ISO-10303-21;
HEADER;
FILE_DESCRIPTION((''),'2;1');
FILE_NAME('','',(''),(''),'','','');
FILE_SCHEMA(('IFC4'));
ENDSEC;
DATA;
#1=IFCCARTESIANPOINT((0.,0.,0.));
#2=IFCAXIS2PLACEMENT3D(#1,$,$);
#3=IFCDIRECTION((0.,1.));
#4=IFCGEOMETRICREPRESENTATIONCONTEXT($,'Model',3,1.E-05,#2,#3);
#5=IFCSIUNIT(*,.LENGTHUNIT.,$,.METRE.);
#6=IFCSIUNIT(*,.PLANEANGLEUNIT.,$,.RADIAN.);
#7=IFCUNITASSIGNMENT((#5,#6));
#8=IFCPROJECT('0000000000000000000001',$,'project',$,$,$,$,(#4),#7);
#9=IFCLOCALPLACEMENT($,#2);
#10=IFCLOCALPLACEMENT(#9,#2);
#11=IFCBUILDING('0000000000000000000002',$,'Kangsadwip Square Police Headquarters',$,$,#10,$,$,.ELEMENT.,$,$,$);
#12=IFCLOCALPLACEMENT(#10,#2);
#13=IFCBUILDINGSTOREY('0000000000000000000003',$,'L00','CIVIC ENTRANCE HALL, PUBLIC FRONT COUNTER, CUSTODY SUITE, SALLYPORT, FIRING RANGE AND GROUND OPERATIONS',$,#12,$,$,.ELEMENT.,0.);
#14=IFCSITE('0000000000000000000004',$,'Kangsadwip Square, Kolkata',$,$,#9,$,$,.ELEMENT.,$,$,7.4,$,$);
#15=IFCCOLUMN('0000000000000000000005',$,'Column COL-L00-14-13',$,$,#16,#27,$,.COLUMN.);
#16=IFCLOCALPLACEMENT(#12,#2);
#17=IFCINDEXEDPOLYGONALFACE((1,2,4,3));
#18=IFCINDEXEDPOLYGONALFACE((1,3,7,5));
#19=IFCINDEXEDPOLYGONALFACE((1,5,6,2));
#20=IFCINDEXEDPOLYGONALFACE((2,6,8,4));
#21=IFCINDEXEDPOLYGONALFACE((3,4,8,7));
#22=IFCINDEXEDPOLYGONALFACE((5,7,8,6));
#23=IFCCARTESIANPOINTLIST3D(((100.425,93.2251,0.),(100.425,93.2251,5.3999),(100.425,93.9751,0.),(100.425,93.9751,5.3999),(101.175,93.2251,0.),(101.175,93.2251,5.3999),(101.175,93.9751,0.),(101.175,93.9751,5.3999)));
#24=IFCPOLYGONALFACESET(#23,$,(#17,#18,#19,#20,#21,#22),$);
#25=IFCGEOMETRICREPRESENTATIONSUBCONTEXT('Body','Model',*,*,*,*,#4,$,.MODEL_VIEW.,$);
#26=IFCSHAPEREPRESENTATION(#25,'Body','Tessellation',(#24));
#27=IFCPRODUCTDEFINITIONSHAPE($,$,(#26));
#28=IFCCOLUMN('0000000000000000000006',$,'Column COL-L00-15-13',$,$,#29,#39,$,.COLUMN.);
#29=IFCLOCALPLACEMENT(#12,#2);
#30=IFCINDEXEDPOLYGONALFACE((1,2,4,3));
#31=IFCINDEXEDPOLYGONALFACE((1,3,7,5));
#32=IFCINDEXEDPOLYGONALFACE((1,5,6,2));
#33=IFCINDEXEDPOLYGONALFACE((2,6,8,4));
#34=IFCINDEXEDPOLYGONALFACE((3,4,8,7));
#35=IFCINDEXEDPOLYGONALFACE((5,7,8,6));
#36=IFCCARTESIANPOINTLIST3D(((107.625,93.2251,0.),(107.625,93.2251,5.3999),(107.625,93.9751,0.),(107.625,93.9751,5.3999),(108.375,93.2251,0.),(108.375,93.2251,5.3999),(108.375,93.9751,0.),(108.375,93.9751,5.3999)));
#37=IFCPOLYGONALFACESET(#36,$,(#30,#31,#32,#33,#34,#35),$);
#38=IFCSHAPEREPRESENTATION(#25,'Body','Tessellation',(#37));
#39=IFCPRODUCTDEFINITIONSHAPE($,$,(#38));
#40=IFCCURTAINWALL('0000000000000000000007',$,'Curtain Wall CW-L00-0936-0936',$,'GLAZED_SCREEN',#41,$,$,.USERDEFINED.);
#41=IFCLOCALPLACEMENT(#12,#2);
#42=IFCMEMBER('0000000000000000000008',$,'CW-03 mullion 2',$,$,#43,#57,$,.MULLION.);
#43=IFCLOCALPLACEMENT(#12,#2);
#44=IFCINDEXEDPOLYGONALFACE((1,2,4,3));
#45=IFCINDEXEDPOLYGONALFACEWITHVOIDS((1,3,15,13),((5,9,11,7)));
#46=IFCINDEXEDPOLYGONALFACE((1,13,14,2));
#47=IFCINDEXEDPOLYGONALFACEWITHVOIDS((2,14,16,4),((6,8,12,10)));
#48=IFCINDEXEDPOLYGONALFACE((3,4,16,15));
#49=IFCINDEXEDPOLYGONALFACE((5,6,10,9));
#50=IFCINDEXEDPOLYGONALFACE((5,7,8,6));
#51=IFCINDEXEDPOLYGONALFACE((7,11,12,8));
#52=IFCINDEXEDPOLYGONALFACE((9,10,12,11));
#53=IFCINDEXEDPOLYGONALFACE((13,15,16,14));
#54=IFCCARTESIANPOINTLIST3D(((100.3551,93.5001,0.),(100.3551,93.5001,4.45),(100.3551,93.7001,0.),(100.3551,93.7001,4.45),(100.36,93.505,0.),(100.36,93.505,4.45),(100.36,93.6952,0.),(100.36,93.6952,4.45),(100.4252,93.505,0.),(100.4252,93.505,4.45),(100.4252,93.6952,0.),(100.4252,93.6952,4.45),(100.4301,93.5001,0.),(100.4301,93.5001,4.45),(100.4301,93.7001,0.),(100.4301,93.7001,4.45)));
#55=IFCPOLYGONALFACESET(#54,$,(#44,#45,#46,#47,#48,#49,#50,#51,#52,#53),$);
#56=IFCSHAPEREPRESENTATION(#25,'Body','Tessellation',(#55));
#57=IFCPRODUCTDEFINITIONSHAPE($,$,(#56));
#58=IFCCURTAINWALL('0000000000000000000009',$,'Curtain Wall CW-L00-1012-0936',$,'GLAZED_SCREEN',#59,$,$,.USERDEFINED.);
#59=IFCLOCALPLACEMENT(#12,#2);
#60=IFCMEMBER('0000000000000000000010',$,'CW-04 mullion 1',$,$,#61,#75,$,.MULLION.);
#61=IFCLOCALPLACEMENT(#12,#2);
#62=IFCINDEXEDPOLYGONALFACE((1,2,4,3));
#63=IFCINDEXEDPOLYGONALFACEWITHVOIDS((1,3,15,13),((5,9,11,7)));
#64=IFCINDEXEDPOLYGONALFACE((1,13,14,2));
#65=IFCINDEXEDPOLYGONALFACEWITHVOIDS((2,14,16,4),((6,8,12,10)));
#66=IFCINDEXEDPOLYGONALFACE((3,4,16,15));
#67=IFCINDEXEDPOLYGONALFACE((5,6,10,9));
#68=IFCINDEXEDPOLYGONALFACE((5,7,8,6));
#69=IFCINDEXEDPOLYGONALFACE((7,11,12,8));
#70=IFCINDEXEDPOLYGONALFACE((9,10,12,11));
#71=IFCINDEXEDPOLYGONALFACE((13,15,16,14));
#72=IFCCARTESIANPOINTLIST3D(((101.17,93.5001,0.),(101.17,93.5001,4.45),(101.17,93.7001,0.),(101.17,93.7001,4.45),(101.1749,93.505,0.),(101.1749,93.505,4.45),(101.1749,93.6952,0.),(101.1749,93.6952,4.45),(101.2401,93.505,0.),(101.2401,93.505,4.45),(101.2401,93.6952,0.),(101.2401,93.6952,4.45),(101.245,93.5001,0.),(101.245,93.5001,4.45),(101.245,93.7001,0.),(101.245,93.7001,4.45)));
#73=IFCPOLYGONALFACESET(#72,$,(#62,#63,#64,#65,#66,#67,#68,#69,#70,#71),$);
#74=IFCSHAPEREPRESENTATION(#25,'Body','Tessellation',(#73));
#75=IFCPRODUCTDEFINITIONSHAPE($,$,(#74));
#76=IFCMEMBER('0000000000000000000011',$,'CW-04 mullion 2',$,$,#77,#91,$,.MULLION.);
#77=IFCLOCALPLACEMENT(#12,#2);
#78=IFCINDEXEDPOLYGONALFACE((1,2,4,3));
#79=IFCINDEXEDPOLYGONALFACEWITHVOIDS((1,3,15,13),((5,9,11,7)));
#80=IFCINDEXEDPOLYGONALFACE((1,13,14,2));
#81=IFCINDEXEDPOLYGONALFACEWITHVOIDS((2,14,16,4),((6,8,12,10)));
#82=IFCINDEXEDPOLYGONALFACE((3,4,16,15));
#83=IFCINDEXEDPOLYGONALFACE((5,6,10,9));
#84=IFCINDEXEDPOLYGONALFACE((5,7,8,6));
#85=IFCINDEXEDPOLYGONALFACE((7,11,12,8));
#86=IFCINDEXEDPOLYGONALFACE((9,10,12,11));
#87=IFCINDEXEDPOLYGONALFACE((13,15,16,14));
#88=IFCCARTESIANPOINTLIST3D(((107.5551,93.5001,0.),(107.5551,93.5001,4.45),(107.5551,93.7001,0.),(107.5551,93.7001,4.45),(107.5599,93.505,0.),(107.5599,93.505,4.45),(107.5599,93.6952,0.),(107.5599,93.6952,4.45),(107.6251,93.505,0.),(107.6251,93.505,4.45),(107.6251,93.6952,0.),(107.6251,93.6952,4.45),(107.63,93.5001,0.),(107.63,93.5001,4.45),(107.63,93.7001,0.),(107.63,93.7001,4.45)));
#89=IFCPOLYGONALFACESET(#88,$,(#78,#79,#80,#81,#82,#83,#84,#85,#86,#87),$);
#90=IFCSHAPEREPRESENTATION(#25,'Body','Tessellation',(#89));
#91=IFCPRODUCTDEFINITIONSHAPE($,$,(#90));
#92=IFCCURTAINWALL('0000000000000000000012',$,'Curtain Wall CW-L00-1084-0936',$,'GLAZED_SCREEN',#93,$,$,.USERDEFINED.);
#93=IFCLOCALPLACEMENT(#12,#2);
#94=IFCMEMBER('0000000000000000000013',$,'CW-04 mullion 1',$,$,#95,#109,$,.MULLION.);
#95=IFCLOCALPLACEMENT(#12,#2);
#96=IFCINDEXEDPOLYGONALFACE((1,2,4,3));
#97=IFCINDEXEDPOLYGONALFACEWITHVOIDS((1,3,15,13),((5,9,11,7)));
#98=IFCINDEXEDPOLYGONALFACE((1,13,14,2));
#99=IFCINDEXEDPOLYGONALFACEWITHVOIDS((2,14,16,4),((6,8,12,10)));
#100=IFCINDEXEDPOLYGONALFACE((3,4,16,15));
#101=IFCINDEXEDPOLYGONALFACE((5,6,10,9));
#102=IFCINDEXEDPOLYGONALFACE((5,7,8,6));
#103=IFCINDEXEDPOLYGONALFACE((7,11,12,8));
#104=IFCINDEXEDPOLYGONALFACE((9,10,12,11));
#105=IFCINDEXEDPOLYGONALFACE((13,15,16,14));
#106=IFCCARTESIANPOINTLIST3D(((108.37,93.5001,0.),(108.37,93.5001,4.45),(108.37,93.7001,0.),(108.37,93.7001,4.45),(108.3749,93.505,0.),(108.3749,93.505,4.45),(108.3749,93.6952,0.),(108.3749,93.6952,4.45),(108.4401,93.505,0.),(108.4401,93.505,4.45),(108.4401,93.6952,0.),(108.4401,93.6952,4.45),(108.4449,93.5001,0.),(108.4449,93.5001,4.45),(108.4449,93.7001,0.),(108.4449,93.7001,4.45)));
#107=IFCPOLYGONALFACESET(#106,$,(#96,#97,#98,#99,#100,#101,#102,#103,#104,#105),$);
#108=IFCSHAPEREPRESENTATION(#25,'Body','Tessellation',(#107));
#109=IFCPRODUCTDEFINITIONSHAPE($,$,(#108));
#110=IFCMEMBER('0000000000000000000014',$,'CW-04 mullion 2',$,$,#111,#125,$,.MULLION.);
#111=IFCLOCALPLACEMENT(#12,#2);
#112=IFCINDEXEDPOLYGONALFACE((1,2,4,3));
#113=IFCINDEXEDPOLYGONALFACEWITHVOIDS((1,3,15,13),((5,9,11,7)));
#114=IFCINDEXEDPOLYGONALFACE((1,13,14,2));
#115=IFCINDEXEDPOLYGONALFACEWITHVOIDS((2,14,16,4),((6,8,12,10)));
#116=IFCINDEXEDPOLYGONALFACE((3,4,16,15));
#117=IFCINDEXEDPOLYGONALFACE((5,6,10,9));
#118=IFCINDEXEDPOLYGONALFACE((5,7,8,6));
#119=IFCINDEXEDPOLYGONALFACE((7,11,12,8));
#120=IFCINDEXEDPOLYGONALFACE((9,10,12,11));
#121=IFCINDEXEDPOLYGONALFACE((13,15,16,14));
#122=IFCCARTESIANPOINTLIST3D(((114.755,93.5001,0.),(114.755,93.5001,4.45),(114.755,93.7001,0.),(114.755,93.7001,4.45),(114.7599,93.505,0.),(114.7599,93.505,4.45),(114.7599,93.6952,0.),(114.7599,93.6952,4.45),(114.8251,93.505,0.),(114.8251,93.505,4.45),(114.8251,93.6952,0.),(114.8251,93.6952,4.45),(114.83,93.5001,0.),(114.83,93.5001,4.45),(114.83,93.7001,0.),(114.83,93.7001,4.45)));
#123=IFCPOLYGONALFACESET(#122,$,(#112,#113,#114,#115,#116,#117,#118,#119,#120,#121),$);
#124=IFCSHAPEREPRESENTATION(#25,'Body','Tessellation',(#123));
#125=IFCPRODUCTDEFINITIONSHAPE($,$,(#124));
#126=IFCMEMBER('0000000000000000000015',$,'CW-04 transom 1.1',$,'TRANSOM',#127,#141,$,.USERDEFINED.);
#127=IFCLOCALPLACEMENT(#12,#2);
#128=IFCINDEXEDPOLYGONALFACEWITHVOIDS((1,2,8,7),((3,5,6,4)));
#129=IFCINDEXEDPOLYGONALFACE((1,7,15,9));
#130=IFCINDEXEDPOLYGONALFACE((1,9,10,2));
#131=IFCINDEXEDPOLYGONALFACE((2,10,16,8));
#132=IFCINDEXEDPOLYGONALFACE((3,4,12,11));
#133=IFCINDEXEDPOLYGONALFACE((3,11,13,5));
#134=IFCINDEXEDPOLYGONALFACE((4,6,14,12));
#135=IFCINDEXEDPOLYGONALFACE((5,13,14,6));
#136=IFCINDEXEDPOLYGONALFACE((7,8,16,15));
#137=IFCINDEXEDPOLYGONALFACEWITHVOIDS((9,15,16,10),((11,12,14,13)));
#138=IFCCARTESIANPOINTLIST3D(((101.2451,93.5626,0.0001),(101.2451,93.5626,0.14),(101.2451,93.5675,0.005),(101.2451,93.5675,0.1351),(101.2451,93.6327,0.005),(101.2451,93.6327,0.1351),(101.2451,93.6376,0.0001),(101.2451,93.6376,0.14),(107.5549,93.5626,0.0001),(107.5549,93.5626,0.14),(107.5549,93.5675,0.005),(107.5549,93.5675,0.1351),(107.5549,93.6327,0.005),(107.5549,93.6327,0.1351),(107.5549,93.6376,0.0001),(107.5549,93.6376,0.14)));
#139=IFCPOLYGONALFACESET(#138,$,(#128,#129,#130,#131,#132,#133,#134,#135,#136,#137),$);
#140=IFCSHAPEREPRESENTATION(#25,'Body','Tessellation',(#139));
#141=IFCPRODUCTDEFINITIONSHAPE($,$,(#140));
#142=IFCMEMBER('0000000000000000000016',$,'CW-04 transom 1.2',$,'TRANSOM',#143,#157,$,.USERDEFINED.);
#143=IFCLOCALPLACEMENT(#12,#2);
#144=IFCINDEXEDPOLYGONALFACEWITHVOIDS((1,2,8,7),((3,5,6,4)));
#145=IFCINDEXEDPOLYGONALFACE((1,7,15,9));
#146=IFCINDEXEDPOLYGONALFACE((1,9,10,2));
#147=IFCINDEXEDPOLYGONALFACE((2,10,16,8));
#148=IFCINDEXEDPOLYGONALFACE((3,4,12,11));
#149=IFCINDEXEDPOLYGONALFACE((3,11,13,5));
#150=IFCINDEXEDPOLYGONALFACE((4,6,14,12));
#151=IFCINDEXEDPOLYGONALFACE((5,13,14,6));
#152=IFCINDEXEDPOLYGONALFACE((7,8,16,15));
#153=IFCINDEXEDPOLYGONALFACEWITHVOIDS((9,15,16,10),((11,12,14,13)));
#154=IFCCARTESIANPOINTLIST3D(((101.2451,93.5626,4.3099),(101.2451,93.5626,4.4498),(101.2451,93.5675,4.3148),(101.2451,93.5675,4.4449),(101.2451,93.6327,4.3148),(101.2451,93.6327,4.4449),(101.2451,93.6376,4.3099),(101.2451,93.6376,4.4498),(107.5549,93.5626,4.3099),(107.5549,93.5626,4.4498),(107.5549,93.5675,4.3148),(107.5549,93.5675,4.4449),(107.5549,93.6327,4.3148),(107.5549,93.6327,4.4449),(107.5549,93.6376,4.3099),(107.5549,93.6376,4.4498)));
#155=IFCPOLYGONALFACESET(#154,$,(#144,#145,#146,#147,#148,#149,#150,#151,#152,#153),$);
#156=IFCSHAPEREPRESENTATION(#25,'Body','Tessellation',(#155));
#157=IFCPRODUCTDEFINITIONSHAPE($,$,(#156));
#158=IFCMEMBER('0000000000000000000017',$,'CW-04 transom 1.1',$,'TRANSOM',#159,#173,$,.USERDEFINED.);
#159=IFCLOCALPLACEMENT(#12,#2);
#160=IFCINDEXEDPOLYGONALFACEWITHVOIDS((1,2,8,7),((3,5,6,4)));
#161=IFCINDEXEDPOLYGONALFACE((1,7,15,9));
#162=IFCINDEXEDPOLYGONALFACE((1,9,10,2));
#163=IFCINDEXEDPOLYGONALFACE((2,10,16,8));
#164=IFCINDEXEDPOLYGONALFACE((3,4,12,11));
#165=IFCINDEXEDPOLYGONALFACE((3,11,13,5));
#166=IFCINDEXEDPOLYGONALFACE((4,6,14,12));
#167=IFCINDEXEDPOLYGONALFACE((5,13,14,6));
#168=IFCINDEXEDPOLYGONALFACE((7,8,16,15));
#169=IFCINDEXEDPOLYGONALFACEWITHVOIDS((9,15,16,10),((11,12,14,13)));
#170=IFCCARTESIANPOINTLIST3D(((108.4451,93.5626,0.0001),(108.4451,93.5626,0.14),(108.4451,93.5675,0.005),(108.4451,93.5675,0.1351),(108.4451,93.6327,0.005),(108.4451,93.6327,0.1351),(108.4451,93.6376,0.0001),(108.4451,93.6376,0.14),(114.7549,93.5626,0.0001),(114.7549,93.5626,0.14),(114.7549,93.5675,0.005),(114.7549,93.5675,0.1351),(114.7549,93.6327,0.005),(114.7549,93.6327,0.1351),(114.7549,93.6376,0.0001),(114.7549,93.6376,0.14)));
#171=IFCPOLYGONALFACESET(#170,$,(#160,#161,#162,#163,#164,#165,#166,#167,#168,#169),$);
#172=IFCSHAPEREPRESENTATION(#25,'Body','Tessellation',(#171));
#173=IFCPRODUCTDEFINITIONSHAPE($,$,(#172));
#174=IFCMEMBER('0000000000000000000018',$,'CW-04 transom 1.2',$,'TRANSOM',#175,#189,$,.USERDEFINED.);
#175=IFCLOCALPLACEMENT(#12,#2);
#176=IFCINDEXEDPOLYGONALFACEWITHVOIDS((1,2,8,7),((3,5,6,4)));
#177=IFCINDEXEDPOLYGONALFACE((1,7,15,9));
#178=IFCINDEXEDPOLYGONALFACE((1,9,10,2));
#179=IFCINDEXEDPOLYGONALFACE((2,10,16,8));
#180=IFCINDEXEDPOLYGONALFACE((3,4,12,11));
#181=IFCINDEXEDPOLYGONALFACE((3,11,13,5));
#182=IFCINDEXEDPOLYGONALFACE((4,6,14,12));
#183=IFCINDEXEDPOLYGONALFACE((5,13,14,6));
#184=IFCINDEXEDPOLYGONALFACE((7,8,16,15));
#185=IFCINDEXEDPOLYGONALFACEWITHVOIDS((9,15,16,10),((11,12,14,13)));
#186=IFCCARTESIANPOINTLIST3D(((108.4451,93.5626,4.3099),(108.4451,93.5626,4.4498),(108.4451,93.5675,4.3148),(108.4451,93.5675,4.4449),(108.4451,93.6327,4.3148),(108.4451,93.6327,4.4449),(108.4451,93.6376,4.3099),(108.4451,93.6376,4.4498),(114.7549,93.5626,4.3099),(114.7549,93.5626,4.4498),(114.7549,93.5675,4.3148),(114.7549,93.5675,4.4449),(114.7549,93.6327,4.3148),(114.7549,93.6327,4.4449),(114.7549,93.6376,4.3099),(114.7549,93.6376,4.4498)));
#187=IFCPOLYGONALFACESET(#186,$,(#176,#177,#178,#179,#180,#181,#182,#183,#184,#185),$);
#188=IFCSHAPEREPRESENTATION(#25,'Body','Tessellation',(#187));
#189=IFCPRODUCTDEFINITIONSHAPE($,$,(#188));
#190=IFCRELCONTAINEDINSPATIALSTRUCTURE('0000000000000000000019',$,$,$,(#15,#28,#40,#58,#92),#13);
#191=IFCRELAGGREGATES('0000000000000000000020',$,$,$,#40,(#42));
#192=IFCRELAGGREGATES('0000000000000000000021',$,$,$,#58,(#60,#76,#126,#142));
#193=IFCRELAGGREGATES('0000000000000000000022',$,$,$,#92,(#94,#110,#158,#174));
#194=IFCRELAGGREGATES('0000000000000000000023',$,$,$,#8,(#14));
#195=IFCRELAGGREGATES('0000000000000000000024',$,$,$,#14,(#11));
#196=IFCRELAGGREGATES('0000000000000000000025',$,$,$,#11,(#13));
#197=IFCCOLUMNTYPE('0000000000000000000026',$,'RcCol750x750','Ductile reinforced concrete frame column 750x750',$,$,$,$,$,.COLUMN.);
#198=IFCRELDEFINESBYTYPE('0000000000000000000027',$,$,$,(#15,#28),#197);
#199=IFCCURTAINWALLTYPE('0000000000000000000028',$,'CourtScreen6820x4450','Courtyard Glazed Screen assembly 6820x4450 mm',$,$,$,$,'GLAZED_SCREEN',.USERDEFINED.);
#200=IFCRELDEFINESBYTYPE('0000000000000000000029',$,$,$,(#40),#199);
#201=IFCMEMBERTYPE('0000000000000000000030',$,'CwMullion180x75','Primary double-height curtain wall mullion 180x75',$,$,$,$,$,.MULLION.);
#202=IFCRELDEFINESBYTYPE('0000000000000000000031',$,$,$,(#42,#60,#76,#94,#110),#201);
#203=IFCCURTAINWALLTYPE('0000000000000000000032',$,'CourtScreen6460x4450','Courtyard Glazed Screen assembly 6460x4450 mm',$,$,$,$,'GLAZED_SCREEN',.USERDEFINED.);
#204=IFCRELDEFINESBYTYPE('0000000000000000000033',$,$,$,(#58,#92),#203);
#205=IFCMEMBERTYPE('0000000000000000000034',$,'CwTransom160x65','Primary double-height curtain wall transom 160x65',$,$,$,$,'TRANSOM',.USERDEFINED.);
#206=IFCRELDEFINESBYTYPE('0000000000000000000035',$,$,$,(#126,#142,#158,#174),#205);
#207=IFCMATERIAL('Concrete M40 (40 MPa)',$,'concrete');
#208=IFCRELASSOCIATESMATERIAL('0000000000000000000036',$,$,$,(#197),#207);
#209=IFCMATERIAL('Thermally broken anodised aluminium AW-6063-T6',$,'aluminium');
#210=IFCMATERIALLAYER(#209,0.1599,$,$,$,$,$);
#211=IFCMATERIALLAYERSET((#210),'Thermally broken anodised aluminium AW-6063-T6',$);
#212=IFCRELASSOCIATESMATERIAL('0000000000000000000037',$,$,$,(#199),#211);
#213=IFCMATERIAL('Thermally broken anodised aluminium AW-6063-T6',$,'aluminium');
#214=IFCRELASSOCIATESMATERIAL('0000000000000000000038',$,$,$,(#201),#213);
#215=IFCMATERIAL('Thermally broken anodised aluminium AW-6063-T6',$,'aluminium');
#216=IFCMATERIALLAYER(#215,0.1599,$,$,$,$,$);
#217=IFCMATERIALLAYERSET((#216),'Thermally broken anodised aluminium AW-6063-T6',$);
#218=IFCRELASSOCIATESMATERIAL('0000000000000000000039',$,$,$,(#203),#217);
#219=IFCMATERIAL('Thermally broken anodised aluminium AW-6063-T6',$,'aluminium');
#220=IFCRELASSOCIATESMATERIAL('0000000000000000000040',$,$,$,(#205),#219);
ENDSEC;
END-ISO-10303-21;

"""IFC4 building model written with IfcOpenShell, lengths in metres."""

from ifc_helpers import new_model, si_unit, direction, frame, origin, origin_2d, place, context, subcontext, project, spatial, rectangle, hollow_rectangle, extrude, material, layer, layer_set, material_profile, profile_set, type_object, element, aggregate, save


model = new_model("IFC4")

# Units and contexts
model_context = context("Model", 3, precision=1e-05, world=origin(), true_north=direction((0.0, 1.0)))
body_context = subcontext(model_context, "Body", "Model", "MODEL_VIEW")
ifc_project = project(units=[si_unit("LENGTHUNIT", "METRE"), si_unit("PLANEANGLEUNIT", "RADIAN")], contexts=[model_context])

# Site, building, storey
site_placement = place(None, origin())
site = spatial("IfcSite", under=ifc_project, at=site_placement, Name="Kangsadwip Square, Kolkata", CompositionType="ELEMENT", RefElevation=7.4)
building_placement = place(site_placement, origin())
building = spatial("IfcBuilding", under=site, at=building_placement, Name="Kangsadwip Square Police Headquarters", CompositionType="ELEMENT")
storey_placement = place(building_placement, origin())
storey = spatial("IfcBuildingStorey", under=building, at=storey_placement, Name="L00", Description="CIVIC ENTRANCE HALL, PUBLIC FRONT COUNTER, CUSTODY SUITE, SALLYPORT, FIRING RANGE AND GROUND OPERATIONS", CompositionType="ELEMENT", Elevation=0.0)

# Columns
ifc_material_1 = material(Name="Concrete M40 (40 MPa)", Category="concrete")
ifc_material_profile_1 = material_profile(ifc_material_1, rectangle(XDim=0.75, YDim=0.75, at=origin_2d()), Name="RC COL 750X750")
ifc_profile_set_1 = profile_set([ifc_material_profile_1], Name="Concrete M40 (40 MPa)")
column_type = type_object("IfcColumnType", Name="RcCol750x750", Description="Ductile reinforced concrete frame column 750x750", PredefinedType="COLUMN", material=ifc_profile_set_1)
for number, where, z_axis, x_axis, name in (
    (1, (100.8, 93.6001, 0.0), (0.0, 0.0, 1.0), (1.0, 0.0, 0.0), "Column COL-L00-14-13"),
    (2, (108.0, 93.6001, 0.0), (0.0, 0.0, 1.0), (1.0, 0.0, 0.0), "Column COL-L00-15-13"),
):
    element("IfcColumn", number, at=place(storey_placement, frame(where, z_axis=z_axis, x_axis=x_axis)), inside=storey, type_object=column_type, Name=name, PredefinedType="COLUMN", context=body_context, shape_type="SweptSolid", body=[
        extrude(rectangle(XDim=0.75, YDim=0.75, at=origin_2d()), origin(), (0.0, 0.0, 1.0), 5.3999),
    ])

# Curtain wall, member
ifc_material_2 = material(Name="Thermally broken anodised aluminium AW-6063-T6", Category="aluminium")
ifc_layer_1 = layer(ifc_material_2, 0.1599)
ifc_layer_set_1 = layer_set([ifc_layer_1], Name="Thermally broken anodised aluminium AW-6063-T6")
curtain_wall_type_1 = type_object("IfcCurtainWallType", Name="CourtScreen6820x4450", Description="Courtyard Glazed Screen assembly 6820x4450 mm", ElementType="GLAZED_SCREEN", PredefinedType="USERDEFINED", material=ifc_layer_set_1)
curtain_wall_1_placement = place(storey_placement, origin())
curtain_wall_1 = element("IfcCurtainWall", 3, at=curtain_wall_1_placement, inside=storey, type_object=curtain_wall_type_1, Name="Curtain Wall CW-L00-0936-0936", ObjectType="GLAZED_SCREEN", PredefinedType="USERDEFINED")
ifc_material_3 = material(Name="Thermally broken anodised aluminium AW-6063-T6", Category="aluminium")
ifc_material_profile_2 = material_profile(ifc_material_3, hollow_rectangle(XDim=0.075, YDim=0.2, WallThickness=0.0049, at=origin_2d()), Name="CWM 200X75X5")
ifc_profile_set_2 = profile_set([ifc_material_profile_2], Name="Thermally broken anodised aluminium AW-6063-T6")
member_type_1 = type_object("IfcMemberType", Name="CwMullion180x75", Description="Primary double-height curtain wall mullion 180x75", PredefinedType="MULLION", material=ifc_profile_set_2)
member_1_placement = place(storey_placement, frame((100.3926, 93.6001, 0.0), z_axis=(0.0, 0.0, 1.0), x_axis=(1.0, 0.0, 0.0)))
member_1 = element("IfcMember", 4, at=member_1_placement, type_object=member_type_1, Name="CW-03 mullion 2", PredefinedType="MULLION", context=body_context, shape_type="SweptSolid", body=[
    extrude(hollow_rectangle(XDim=0.075, YDim=0.2, WallThickness=0.0049, at=origin_2d()), origin(), (0.0, 0.0, 1.0), 4.45),
])

# Curtain walls, members
ifc_material_4 = material(Name="Thermally broken anodised aluminium AW-6063-T6", Category="aluminium")
ifc_layer_2 = layer(ifc_material_4, 0.1599)
ifc_layer_set_2 = layer_set([ifc_layer_2], Name="Thermally broken anodised aluminium AW-6063-T6")
curtain_wall_type_2 = type_object("IfcCurtainWallType", Name="CourtScreen6460x4450", Description="Courtyard Glazed Screen assembly 6460x4450 mm", ElementType="GLAZED_SCREEN", PredefinedType="USERDEFINED", material=ifc_layer_set_2)
curtain_wall_2_placement = place(storey_placement, origin())
curtain_wall_2 = element("IfcCurtainWall", 5, at=curtain_wall_2_placement, inside=storey, type_object=curtain_wall_type_2, Name="Curtain Wall CW-L00-1012-0936", ObjectType="GLAZED_SCREEN", PredefinedType="USERDEFINED")
member_2_placement = place(storey_placement, frame((101.2075, 93.6001, 0.0), z_axis=(0.0, 0.0, 1.0), x_axis=(1.0, 0.0, 0.0)))
member_2 = element("IfcMember", 6, at=member_2_placement, type_object=member_type_1, Name="CW-04 mullion 1", PredefinedType="MULLION", context=body_context, shape_type="SweptSolid", body=[
    extrude(hollow_rectangle(XDim=0.075, YDim=0.2, WallThickness=0.0049, at=origin_2d()), origin(), (0.0, 0.0, 1.0), 4.45),
])
member_3_placement = place(storey_placement, frame((107.5925, 93.6001, 0.0), z_axis=(0.0, 0.0, 1.0), x_axis=(1.0, 0.0, 0.0)))
member_3 = element("IfcMember", 7, at=member_3_placement, type_object=member_type_1, Name="CW-04 mullion 2", PredefinedType="MULLION", context=body_context, shape_type="SweptSolid", body=[
    extrude(hollow_rectangle(XDim=0.075, YDim=0.2, WallThickness=0.0049, at=origin_2d()), origin(), (0.0, 0.0, 1.0), 4.45),
])
curtain_wall_3_placement = place(storey_placement, origin())
curtain_wall_3 = element("IfcCurtainWall", 8, at=curtain_wall_3_placement, inside=storey, type_object=curtain_wall_type_2, Name="Curtain Wall CW-L00-1084-0936", ObjectType="GLAZED_SCREEN", PredefinedType="USERDEFINED")
member_4_placement = place(storey_placement, frame((108.4075, 93.6001, 0.0), z_axis=(0.0, 0.0, 1.0), x_axis=(1.0, 0.0, 0.0)))
member_4 = element("IfcMember", 9, at=member_4_placement, type_object=member_type_1, Name="CW-04 mullion 1", PredefinedType="MULLION", context=body_context, shape_type="SweptSolid", body=[
    extrude(hollow_rectangle(XDim=0.075, YDim=0.2, WallThickness=0.0049, at=origin_2d()), origin(), (0.0, 0.0, 1.0), 4.45),
])
member_5_placement = place(storey_placement, frame((114.7925, 93.6001, 0.0), z_axis=(0.0, 0.0, 1.0), x_axis=(1.0, 0.0, 0.0)))
member_5 = element("IfcMember", 10, at=member_5_placement, type_object=member_type_1, Name="CW-04 mullion 2", PredefinedType="MULLION", context=body_context, shape_type="SweptSolid", body=[
    extrude(hollow_rectangle(XDim=0.075, YDim=0.2, WallThickness=0.0049, at=origin_2d()), origin(), (0.0, 0.0, 1.0), 4.45),
])

# Members
ifc_material_5 = material(Name="Thermally broken anodised aluminium AW-6063-T6", Category="aluminium")
ifc_material_profile_3 = material_profile(ifc_material_5, hollow_rectangle(XDim=0.075, YDim=0.1399, WallThickness=0.0049, at=origin_2d()), Name="CWT 140X75X5")
ifc_profile_set_3 = profile_set([ifc_material_profile_3], Name="Thermally broken anodised aluminium AW-6063-T6")
member_type_2 = type_object("IfcMemberType", Name="CwTransom160x65", Description="Primary double-height curtain wall transom 160x65", ElementType="TRANSOM", PredefinedType="USERDEFINED", material=ifc_profile_set_3)
member_6_placement = place(storey_placement, frame((101.2451, 93.6001, 0.0701), z_axis=(1.0, 0.0, 0.0), x_axis=(0.0, 1.0, 0.0)))
member_6 = element("IfcMember", 11, at=member_6_placement, type_object=member_type_2, Name="CW-04 transom 1.1", ObjectType="TRANSOM", PredefinedType="USERDEFINED", context=body_context, shape_type="SweptSolid", body=[
    extrude(hollow_rectangle(XDim=0.075, YDim=0.1399, WallThickness=0.0049, at=origin_2d()), origin(), (0.0, 0.0, 1.0), 6.3098),
])
member_7_placement = place(storey_placement, frame((101.2451, 93.6001, 4.3799), z_axis=(1.0, 0.0, 0.0), x_axis=(0.0, 1.0, 0.0)))
member_7 = element("IfcMember", 12, at=member_7_placement, type_object=member_type_2, Name="CW-04 transom 1.2", ObjectType="TRANSOM", PredefinedType="USERDEFINED", context=body_context, shape_type="SweptSolid", body=[
    extrude(hollow_rectangle(XDim=0.075, YDim=0.1399, WallThickness=0.0049, at=origin_2d()), origin(), (0.0, 0.0, 1.0), 6.3098),
])
member_8_placement = place(storey_placement, frame((108.4451, 93.6001, 0.0701), z_axis=(1.0, 0.0, 0.0), x_axis=(0.0, 1.0, 0.0)))
member_8 = element("IfcMember", 13, at=member_8_placement, type_object=member_type_2, Name="CW-04 transom 1.1", ObjectType="TRANSOM", PredefinedType="USERDEFINED", context=body_context, shape_type="SweptSolid", body=[
    extrude(hollow_rectangle(XDim=0.075, YDim=0.1399, WallThickness=0.0049, at=origin_2d()), origin(), (0.0, 0.0, 1.0), 6.3098),
])
member_9_placement = place(storey_placement, frame((108.4451, 93.6001, 4.3799), z_axis=(1.0, 0.0, 0.0), x_axis=(0.0, 1.0, 0.0)))
member_9 = element("IfcMember", 14, at=member_9_placement, type_object=member_type_2, Name="CW-04 transom 1.2", ObjectType="TRANSOM", PredefinedType="USERDEFINED", context=body_context, shape_type="SweptSolid", body=[
    extrude(hollow_rectangle(XDim=0.075, YDim=0.1399, WallThickness=0.0049, at=origin_2d()), origin(), (0.0, 0.0, 1.0), 6.3098),
])

aggregate(curtain_wall_1, [member_1])
aggregate(curtain_wall_2, [member_2, member_3, member_6, member_7])
aggregate(curtain_wall_3, [member_4, member_5, member_8, member_9])

save(model, "model.ifc")
